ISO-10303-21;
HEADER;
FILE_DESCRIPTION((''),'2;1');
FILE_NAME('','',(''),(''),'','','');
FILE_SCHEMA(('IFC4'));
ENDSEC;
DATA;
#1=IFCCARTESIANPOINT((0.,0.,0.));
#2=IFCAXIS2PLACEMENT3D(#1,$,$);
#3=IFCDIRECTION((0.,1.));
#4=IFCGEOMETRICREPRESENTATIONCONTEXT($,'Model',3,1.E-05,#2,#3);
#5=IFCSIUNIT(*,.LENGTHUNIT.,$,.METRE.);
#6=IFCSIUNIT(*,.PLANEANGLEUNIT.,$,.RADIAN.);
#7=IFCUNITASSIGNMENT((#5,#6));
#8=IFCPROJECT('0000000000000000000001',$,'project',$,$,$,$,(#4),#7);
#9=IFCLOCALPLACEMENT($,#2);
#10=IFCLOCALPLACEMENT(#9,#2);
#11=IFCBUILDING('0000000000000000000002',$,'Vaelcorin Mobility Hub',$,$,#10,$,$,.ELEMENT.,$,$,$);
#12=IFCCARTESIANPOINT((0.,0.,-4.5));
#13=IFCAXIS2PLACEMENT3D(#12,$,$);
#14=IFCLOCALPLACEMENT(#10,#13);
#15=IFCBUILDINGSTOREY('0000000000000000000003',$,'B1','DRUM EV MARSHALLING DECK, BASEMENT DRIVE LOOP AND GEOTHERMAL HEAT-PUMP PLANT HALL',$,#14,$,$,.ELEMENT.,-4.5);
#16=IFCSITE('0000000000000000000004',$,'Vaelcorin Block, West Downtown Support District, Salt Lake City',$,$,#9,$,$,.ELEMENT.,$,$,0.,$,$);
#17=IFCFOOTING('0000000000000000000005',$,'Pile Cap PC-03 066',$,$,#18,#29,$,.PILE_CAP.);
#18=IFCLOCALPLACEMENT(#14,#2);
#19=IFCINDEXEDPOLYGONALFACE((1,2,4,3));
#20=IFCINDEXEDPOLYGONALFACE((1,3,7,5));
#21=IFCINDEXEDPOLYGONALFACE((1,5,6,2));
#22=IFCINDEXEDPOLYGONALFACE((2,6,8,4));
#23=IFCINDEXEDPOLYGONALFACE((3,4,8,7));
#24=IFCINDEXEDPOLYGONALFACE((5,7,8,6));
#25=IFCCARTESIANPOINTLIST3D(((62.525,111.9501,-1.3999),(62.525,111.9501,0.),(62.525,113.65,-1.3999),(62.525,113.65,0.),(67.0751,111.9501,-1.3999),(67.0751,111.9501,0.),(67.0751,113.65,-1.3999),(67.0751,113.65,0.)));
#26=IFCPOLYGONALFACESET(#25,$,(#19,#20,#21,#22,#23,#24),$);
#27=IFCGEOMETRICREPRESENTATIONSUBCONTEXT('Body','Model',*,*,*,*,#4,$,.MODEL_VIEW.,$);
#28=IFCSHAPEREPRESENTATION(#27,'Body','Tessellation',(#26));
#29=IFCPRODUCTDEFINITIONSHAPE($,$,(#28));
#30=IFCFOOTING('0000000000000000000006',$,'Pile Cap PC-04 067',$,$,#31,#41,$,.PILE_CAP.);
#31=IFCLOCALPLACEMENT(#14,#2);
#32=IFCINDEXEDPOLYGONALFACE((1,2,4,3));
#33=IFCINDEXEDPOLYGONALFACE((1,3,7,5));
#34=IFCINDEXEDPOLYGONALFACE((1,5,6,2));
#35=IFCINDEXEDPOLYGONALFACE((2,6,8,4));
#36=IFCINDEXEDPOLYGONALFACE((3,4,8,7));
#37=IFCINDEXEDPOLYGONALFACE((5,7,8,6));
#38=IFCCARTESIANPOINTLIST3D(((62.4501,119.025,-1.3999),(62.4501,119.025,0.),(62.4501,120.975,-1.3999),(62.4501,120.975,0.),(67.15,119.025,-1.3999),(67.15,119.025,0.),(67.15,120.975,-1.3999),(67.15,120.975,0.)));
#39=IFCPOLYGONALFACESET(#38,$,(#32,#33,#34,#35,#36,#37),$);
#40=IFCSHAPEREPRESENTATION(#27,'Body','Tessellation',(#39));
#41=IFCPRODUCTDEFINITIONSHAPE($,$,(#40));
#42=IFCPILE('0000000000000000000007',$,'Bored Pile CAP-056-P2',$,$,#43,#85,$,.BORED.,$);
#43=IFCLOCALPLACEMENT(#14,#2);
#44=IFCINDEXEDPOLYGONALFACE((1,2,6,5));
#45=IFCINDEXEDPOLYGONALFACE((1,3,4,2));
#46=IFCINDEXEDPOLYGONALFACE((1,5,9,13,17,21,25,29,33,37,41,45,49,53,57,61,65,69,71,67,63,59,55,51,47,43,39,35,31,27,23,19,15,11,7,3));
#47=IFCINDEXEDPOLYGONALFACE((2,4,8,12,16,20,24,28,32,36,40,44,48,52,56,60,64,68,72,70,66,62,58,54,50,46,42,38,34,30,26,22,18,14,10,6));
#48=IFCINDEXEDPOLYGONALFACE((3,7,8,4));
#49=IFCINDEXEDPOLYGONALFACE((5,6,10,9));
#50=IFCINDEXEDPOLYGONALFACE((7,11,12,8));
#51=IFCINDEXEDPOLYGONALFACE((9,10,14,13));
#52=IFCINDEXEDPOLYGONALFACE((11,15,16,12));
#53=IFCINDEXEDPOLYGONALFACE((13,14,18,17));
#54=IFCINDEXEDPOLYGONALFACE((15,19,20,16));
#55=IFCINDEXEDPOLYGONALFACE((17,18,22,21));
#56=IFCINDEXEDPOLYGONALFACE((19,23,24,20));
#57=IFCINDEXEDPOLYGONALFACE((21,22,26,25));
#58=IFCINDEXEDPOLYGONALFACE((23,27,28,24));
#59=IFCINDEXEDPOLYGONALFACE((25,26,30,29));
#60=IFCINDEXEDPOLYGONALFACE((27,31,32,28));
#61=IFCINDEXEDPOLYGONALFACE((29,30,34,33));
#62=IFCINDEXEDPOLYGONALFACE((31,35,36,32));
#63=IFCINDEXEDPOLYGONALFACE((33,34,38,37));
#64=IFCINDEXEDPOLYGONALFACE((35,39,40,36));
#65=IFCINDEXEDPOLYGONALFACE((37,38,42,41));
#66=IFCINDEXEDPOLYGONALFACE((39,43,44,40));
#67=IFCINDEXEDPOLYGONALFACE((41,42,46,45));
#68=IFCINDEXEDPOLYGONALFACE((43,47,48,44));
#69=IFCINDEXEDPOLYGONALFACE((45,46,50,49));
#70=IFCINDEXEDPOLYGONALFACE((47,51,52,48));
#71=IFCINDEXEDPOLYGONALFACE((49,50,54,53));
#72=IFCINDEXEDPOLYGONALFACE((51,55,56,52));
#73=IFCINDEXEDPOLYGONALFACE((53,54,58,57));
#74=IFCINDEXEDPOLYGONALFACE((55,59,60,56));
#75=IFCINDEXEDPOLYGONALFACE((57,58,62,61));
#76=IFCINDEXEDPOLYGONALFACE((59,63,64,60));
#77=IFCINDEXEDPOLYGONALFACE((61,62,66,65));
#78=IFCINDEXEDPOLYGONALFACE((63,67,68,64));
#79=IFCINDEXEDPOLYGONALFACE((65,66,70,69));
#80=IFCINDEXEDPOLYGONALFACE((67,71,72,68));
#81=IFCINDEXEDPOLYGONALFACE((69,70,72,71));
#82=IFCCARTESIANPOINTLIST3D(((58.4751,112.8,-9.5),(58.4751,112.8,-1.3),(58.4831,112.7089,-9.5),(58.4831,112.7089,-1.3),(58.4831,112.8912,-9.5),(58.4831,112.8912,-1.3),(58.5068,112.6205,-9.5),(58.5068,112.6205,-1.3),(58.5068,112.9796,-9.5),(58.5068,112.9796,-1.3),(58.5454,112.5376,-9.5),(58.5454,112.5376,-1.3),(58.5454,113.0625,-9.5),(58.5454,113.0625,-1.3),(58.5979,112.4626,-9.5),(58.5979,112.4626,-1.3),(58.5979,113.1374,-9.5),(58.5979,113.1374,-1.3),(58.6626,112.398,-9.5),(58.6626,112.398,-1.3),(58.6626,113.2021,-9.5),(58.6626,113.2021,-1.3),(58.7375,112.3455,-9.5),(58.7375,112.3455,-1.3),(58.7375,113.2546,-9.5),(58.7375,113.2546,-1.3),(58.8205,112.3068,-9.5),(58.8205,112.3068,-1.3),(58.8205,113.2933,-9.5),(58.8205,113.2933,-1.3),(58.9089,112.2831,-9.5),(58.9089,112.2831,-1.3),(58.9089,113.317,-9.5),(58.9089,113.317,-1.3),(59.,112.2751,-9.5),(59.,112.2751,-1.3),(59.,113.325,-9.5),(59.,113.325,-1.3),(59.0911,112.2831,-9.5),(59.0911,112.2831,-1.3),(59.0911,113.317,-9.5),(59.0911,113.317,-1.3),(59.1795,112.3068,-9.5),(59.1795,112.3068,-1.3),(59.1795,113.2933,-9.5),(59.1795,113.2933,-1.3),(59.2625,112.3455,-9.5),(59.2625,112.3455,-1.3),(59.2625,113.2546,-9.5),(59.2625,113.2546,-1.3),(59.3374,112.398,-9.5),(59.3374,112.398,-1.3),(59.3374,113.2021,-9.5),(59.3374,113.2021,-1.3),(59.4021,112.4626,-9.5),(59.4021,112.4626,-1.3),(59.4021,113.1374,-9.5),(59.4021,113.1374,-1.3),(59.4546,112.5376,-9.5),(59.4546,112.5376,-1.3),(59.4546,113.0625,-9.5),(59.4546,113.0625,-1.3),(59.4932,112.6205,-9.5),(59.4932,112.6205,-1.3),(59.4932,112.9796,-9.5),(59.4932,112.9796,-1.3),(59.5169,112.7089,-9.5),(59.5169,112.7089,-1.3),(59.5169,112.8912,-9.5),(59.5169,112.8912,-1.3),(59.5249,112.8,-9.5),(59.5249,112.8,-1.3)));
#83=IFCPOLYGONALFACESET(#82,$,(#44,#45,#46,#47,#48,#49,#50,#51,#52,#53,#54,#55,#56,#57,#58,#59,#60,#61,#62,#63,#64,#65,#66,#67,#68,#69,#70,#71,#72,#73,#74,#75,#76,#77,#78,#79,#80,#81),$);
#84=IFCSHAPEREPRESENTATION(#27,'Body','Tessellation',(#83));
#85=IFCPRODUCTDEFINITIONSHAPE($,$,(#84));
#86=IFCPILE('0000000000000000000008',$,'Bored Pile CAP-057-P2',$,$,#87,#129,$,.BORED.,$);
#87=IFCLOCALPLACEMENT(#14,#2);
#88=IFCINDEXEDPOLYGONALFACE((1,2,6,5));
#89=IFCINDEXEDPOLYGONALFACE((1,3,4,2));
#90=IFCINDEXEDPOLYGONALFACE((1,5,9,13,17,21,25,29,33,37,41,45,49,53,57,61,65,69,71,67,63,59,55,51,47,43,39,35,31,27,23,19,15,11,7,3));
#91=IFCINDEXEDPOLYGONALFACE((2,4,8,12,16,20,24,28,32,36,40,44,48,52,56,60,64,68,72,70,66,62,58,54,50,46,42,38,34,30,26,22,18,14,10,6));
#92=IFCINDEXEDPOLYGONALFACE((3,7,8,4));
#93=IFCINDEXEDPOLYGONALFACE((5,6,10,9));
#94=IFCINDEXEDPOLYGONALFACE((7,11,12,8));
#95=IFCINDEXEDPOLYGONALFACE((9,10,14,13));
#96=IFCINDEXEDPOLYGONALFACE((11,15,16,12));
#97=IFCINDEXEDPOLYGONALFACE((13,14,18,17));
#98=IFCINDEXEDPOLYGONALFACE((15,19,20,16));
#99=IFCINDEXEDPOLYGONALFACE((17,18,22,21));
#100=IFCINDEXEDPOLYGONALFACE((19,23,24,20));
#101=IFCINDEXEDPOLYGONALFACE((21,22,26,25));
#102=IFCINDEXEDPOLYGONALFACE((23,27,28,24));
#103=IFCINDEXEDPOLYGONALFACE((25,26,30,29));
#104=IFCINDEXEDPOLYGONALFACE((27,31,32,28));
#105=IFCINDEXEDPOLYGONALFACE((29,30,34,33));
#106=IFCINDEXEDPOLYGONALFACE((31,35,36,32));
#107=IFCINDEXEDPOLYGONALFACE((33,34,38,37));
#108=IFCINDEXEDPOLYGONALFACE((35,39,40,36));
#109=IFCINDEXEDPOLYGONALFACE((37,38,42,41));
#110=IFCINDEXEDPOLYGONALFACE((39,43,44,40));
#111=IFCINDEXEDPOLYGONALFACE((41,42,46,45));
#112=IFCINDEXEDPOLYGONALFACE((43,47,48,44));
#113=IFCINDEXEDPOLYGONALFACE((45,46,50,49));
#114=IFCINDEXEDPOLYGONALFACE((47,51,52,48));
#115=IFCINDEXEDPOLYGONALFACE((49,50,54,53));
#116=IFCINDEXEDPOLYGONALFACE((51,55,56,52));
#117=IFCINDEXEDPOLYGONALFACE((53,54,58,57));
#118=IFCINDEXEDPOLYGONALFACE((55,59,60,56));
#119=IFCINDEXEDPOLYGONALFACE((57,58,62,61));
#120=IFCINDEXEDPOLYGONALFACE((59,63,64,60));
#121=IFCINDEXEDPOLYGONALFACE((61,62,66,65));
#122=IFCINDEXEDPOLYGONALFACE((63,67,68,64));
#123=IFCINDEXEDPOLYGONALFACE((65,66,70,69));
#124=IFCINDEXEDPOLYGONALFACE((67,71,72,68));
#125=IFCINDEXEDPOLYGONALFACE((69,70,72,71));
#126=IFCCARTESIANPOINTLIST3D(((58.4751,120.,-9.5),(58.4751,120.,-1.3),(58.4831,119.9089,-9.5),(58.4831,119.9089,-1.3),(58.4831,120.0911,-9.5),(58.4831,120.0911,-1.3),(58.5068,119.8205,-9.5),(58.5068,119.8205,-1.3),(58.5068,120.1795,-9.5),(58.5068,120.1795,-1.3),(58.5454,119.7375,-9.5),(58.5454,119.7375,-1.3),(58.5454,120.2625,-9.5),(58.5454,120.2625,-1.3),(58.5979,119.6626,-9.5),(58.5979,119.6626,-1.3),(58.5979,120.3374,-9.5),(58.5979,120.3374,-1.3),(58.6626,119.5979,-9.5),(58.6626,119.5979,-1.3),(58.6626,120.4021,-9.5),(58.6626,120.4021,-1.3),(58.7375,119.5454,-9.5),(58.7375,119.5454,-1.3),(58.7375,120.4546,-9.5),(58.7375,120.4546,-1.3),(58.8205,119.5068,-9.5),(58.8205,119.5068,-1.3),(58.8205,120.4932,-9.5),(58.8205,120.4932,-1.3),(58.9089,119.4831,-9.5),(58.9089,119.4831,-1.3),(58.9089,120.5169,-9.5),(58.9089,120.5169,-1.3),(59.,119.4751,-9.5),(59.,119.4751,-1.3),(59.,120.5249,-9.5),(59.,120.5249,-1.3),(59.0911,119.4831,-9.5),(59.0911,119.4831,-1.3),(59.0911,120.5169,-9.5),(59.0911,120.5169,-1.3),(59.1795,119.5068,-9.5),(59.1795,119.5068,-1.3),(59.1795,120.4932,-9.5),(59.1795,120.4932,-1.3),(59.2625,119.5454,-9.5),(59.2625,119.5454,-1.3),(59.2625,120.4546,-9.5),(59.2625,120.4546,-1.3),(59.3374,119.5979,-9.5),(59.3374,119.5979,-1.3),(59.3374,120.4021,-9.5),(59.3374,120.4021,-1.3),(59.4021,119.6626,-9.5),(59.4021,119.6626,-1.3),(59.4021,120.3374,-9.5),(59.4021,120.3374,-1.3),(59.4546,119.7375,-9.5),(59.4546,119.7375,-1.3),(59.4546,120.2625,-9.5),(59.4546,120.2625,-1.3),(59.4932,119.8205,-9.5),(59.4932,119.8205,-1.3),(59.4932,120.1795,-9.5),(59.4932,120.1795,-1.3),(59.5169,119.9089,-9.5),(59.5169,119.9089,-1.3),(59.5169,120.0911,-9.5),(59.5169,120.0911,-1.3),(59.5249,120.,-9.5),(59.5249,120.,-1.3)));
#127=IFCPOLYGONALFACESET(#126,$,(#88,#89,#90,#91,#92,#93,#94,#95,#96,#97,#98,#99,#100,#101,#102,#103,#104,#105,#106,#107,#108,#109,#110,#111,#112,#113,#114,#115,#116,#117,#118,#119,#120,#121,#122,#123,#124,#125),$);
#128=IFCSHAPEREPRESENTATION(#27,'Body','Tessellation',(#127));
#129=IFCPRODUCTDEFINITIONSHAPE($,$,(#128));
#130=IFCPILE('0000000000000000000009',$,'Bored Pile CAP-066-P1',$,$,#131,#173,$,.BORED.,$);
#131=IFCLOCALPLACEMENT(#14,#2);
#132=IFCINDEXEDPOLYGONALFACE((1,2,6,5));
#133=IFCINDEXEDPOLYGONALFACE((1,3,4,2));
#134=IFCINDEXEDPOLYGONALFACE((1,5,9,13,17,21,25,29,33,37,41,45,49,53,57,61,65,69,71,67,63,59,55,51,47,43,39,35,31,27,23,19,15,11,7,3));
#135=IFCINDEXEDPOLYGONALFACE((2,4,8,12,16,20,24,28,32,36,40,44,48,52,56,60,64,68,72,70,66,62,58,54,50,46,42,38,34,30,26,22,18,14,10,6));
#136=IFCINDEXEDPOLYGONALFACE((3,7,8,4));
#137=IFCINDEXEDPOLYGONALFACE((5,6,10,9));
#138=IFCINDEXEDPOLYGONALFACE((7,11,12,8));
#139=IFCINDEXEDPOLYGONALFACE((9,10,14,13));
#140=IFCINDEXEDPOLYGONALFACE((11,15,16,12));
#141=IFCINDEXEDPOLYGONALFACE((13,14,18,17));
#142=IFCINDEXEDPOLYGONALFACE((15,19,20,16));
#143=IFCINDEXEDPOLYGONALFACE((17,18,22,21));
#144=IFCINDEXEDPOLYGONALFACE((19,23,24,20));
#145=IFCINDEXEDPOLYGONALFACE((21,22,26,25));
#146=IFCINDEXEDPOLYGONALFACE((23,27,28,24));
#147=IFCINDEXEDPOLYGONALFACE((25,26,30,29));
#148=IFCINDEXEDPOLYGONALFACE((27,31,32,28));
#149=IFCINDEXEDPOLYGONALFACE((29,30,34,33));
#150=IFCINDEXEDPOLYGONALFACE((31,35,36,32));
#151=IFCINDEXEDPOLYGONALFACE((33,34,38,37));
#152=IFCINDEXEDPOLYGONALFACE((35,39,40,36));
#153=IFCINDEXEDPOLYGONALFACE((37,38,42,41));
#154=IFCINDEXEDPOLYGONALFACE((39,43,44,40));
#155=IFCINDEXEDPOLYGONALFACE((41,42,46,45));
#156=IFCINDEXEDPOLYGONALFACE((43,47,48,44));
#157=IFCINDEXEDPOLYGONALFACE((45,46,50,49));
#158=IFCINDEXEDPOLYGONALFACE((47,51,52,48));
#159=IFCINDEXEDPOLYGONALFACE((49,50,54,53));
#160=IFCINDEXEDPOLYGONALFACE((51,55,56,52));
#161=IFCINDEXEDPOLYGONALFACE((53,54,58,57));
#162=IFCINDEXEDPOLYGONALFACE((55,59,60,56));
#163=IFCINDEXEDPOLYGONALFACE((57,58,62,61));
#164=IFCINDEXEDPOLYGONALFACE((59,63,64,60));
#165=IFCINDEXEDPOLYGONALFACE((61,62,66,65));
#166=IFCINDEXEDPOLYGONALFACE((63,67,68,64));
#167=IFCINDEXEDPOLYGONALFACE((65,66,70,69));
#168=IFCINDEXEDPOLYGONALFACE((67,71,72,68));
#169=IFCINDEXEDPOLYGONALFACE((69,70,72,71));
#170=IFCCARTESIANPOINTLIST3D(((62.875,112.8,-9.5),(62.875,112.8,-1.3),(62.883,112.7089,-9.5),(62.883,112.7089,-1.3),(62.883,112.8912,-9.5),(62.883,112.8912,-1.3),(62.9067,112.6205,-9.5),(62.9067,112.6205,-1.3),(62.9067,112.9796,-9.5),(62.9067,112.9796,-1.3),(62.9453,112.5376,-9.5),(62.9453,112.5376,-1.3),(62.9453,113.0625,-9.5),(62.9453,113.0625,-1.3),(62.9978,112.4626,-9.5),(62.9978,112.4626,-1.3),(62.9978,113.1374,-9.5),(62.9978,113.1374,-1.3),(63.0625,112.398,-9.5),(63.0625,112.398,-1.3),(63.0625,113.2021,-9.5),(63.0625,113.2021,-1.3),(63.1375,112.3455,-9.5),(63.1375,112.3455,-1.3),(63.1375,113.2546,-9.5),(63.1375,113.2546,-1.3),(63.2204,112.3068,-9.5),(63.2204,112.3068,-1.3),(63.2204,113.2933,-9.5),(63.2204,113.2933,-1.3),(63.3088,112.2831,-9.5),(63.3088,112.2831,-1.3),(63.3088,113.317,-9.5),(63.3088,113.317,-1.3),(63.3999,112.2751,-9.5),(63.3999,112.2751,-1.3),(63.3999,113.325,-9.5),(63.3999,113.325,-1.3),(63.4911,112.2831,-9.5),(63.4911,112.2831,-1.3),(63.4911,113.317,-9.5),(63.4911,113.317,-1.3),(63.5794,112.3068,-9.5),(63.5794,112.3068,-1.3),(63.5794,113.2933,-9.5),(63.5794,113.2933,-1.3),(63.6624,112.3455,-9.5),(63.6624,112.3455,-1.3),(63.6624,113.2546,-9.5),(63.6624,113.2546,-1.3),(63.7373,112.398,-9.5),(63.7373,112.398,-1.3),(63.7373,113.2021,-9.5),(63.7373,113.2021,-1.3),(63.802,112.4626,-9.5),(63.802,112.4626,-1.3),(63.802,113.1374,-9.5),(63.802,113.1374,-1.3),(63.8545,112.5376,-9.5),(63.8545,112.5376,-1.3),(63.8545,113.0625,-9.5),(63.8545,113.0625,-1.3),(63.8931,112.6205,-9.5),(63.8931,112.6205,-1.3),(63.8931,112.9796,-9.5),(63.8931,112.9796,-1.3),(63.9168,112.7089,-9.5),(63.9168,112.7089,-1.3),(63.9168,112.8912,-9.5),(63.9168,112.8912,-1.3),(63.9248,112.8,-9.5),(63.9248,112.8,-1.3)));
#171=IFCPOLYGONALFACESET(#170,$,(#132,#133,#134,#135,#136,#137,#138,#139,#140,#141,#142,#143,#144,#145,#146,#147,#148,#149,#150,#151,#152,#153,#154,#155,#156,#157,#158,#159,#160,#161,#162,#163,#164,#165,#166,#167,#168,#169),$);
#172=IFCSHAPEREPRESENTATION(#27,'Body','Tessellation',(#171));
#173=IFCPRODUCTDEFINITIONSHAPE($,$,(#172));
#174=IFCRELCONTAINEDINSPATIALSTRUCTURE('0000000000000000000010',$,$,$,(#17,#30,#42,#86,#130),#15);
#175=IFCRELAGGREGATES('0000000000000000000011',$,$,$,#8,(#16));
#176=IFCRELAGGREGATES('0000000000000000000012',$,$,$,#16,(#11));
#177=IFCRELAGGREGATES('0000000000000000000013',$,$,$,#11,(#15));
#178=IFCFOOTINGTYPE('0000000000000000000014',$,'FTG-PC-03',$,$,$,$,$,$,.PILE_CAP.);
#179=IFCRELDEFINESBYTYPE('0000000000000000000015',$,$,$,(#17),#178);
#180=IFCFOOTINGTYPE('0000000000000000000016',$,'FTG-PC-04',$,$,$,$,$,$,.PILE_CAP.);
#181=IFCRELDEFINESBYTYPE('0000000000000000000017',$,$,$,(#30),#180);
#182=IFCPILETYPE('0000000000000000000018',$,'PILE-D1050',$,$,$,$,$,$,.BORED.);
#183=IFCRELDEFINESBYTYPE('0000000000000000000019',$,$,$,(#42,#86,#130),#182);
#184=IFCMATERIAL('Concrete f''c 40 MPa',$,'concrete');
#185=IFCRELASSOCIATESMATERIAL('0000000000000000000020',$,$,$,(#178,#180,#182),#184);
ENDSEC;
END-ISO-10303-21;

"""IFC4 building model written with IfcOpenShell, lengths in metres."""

from ifc_helpers import new_model, si_unit, direction, frame, origin, origin_2d, place, context, subcontext, project, spatial, rectangle, circle, extrude, material, material_profile, profile_set, type_object, element, save


model = new_model("IFC4")

# Units and contexts
model_context = context("Model", 3, precision=1e-05, world=origin(), true_north=direction((0.0, 1.0)))
body_context = subcontext(model_context, "Body", "Model", "MODEL_VIEW")
ifc_project = project(units=[si_unit("LENGTHUNIT", "METRE"), si_unit("PLANEANGLEUNIT", "RADIAN")], contexts=[model_context])

# Site, building, storey
site_placement = place(None, origin())
site = spatial("IfcSite", under=ifc_project, at=site_placement, Name="Vaelcorin Block, West Downtown Support District, Salt Lake City", CompositionType="ELEMENT", RefElevation=0.0)
building_placement = place(site_placement, origin())
building = spatial("IfcBuilding", under=site, at=building_placement, Name="Vaelcorin Mobility Hub", CompositionType="ELEMENT")
storey_placement = place(building_placement, frame((0.0, 0.0, -4.5)))
storey = spatial("IfcBuildingStorey", under=building, at=storey_placement, Name="B1", Description="DRUM EV MARSHALLING DECK, BASEMENT DRIVE LOOP AND GEOTHERMAL HEAT-PUMP PLANT HALL", CompositionType="ELEMENT", Elevation=-4.5)

# Footings
ifc_material_1 = material(Name="Concrete f'c 40 MPa", Category="concrete")
footing_type_1 = type_object("IfcFootingType", Name="FTG-PC-03", PredefinedType="PILE_CAP", material=ifc_material_1)
footing_1_placement = place(storey_placement, frame((64.8, 112.8, -1.3999), z_axis=(0.0, 0.0, 1.0), x_axis=(1.0, 0.0, 0.0)))
element("IfcFooting", 1, at=footing_1_placement, inside=storey, type_object=footing_type_1, Name="Pile Cap PC-03 066", PredefinedType="PILE_CAP", context=body_context, shape_type="SweptSolid", body=[
    extrude(rectangle(XDim=4.55, YDim=1.7, at=origin_2d()), origin(), (0.0, 0.0, 1.0), 1.3999),
])
footing_type_2 = type_object("IfcFootingType", Name="FTG-PC-04", PredefinedType="PILE_CAP", material=ifc_material_1)
footing_2_placement = place(storey_placement, frame((64.8, 120.0, -1.3999), z_axis=(0.0, 0.0, 1.0), x_axis=(1.0, 0.0, 0.0)))
element("IfcFooting", 2, at=footing_2_placement, inside=storey, type_object=footing_type_2, Name="Pile Cap PC-04 067", PredefinedType="PILE_CAP", context=body_context, shape_type="SweptSolid", body=[
    extrude(rectangle(XDim=4.7, YDim=1.95, at=origin_2d()), origin(), (0.0, 0.0, 1.0), 1.3999),
])

# Piles
ifc_material_profile_1 = material_profile(ifc_material_1, circle(Radius=0.5249, at=origin_2d()), Name="BP-D1050")
ifc_profile_set_1 = profile_set([ifc_material_profile_1], Name="Concrete f'c 40 MPa")
pile_type = type_object("IfcPileType", Name="PILE-D1050", PredefinedType="BORED", material=ifc_profile_set_1)
for number, where, z_axis, x_axis, name in (
    (3, (59.0, 112.8, -1.3), (0.0, 0.0, -1.0), (1.0, 0.0, 0.0), "Bored Pile CAP-056-P2"),
    (4, (59.0, 120.0, -1.3), (0.0, 0.0, -1.0), (1.0, 0.0, 0.0), "Bored Pile CAP-057-P2"),
    (5, (63.3999, 112.8, -1.3), (0.0, 0.0, -1.0), (1.0, 0.0, 0.0), "Bored Pile CAP-066-P1"),
):
    element("IfcPile", number, at=place(storey_placement, frame(where, z_axis=z_axis, x_axis=x_axis)), inside=storey, type_object=pile_type, Name=name, PredefinedType="BORED", context=body_context, shape_type="SweptSolid", body=[
        extrude(circle(Radius=0.5249, at=origin_2d()), origin(), (0.0, 0.0, 1.0), 8.2),
    ])

save(model, "model.ifc")
